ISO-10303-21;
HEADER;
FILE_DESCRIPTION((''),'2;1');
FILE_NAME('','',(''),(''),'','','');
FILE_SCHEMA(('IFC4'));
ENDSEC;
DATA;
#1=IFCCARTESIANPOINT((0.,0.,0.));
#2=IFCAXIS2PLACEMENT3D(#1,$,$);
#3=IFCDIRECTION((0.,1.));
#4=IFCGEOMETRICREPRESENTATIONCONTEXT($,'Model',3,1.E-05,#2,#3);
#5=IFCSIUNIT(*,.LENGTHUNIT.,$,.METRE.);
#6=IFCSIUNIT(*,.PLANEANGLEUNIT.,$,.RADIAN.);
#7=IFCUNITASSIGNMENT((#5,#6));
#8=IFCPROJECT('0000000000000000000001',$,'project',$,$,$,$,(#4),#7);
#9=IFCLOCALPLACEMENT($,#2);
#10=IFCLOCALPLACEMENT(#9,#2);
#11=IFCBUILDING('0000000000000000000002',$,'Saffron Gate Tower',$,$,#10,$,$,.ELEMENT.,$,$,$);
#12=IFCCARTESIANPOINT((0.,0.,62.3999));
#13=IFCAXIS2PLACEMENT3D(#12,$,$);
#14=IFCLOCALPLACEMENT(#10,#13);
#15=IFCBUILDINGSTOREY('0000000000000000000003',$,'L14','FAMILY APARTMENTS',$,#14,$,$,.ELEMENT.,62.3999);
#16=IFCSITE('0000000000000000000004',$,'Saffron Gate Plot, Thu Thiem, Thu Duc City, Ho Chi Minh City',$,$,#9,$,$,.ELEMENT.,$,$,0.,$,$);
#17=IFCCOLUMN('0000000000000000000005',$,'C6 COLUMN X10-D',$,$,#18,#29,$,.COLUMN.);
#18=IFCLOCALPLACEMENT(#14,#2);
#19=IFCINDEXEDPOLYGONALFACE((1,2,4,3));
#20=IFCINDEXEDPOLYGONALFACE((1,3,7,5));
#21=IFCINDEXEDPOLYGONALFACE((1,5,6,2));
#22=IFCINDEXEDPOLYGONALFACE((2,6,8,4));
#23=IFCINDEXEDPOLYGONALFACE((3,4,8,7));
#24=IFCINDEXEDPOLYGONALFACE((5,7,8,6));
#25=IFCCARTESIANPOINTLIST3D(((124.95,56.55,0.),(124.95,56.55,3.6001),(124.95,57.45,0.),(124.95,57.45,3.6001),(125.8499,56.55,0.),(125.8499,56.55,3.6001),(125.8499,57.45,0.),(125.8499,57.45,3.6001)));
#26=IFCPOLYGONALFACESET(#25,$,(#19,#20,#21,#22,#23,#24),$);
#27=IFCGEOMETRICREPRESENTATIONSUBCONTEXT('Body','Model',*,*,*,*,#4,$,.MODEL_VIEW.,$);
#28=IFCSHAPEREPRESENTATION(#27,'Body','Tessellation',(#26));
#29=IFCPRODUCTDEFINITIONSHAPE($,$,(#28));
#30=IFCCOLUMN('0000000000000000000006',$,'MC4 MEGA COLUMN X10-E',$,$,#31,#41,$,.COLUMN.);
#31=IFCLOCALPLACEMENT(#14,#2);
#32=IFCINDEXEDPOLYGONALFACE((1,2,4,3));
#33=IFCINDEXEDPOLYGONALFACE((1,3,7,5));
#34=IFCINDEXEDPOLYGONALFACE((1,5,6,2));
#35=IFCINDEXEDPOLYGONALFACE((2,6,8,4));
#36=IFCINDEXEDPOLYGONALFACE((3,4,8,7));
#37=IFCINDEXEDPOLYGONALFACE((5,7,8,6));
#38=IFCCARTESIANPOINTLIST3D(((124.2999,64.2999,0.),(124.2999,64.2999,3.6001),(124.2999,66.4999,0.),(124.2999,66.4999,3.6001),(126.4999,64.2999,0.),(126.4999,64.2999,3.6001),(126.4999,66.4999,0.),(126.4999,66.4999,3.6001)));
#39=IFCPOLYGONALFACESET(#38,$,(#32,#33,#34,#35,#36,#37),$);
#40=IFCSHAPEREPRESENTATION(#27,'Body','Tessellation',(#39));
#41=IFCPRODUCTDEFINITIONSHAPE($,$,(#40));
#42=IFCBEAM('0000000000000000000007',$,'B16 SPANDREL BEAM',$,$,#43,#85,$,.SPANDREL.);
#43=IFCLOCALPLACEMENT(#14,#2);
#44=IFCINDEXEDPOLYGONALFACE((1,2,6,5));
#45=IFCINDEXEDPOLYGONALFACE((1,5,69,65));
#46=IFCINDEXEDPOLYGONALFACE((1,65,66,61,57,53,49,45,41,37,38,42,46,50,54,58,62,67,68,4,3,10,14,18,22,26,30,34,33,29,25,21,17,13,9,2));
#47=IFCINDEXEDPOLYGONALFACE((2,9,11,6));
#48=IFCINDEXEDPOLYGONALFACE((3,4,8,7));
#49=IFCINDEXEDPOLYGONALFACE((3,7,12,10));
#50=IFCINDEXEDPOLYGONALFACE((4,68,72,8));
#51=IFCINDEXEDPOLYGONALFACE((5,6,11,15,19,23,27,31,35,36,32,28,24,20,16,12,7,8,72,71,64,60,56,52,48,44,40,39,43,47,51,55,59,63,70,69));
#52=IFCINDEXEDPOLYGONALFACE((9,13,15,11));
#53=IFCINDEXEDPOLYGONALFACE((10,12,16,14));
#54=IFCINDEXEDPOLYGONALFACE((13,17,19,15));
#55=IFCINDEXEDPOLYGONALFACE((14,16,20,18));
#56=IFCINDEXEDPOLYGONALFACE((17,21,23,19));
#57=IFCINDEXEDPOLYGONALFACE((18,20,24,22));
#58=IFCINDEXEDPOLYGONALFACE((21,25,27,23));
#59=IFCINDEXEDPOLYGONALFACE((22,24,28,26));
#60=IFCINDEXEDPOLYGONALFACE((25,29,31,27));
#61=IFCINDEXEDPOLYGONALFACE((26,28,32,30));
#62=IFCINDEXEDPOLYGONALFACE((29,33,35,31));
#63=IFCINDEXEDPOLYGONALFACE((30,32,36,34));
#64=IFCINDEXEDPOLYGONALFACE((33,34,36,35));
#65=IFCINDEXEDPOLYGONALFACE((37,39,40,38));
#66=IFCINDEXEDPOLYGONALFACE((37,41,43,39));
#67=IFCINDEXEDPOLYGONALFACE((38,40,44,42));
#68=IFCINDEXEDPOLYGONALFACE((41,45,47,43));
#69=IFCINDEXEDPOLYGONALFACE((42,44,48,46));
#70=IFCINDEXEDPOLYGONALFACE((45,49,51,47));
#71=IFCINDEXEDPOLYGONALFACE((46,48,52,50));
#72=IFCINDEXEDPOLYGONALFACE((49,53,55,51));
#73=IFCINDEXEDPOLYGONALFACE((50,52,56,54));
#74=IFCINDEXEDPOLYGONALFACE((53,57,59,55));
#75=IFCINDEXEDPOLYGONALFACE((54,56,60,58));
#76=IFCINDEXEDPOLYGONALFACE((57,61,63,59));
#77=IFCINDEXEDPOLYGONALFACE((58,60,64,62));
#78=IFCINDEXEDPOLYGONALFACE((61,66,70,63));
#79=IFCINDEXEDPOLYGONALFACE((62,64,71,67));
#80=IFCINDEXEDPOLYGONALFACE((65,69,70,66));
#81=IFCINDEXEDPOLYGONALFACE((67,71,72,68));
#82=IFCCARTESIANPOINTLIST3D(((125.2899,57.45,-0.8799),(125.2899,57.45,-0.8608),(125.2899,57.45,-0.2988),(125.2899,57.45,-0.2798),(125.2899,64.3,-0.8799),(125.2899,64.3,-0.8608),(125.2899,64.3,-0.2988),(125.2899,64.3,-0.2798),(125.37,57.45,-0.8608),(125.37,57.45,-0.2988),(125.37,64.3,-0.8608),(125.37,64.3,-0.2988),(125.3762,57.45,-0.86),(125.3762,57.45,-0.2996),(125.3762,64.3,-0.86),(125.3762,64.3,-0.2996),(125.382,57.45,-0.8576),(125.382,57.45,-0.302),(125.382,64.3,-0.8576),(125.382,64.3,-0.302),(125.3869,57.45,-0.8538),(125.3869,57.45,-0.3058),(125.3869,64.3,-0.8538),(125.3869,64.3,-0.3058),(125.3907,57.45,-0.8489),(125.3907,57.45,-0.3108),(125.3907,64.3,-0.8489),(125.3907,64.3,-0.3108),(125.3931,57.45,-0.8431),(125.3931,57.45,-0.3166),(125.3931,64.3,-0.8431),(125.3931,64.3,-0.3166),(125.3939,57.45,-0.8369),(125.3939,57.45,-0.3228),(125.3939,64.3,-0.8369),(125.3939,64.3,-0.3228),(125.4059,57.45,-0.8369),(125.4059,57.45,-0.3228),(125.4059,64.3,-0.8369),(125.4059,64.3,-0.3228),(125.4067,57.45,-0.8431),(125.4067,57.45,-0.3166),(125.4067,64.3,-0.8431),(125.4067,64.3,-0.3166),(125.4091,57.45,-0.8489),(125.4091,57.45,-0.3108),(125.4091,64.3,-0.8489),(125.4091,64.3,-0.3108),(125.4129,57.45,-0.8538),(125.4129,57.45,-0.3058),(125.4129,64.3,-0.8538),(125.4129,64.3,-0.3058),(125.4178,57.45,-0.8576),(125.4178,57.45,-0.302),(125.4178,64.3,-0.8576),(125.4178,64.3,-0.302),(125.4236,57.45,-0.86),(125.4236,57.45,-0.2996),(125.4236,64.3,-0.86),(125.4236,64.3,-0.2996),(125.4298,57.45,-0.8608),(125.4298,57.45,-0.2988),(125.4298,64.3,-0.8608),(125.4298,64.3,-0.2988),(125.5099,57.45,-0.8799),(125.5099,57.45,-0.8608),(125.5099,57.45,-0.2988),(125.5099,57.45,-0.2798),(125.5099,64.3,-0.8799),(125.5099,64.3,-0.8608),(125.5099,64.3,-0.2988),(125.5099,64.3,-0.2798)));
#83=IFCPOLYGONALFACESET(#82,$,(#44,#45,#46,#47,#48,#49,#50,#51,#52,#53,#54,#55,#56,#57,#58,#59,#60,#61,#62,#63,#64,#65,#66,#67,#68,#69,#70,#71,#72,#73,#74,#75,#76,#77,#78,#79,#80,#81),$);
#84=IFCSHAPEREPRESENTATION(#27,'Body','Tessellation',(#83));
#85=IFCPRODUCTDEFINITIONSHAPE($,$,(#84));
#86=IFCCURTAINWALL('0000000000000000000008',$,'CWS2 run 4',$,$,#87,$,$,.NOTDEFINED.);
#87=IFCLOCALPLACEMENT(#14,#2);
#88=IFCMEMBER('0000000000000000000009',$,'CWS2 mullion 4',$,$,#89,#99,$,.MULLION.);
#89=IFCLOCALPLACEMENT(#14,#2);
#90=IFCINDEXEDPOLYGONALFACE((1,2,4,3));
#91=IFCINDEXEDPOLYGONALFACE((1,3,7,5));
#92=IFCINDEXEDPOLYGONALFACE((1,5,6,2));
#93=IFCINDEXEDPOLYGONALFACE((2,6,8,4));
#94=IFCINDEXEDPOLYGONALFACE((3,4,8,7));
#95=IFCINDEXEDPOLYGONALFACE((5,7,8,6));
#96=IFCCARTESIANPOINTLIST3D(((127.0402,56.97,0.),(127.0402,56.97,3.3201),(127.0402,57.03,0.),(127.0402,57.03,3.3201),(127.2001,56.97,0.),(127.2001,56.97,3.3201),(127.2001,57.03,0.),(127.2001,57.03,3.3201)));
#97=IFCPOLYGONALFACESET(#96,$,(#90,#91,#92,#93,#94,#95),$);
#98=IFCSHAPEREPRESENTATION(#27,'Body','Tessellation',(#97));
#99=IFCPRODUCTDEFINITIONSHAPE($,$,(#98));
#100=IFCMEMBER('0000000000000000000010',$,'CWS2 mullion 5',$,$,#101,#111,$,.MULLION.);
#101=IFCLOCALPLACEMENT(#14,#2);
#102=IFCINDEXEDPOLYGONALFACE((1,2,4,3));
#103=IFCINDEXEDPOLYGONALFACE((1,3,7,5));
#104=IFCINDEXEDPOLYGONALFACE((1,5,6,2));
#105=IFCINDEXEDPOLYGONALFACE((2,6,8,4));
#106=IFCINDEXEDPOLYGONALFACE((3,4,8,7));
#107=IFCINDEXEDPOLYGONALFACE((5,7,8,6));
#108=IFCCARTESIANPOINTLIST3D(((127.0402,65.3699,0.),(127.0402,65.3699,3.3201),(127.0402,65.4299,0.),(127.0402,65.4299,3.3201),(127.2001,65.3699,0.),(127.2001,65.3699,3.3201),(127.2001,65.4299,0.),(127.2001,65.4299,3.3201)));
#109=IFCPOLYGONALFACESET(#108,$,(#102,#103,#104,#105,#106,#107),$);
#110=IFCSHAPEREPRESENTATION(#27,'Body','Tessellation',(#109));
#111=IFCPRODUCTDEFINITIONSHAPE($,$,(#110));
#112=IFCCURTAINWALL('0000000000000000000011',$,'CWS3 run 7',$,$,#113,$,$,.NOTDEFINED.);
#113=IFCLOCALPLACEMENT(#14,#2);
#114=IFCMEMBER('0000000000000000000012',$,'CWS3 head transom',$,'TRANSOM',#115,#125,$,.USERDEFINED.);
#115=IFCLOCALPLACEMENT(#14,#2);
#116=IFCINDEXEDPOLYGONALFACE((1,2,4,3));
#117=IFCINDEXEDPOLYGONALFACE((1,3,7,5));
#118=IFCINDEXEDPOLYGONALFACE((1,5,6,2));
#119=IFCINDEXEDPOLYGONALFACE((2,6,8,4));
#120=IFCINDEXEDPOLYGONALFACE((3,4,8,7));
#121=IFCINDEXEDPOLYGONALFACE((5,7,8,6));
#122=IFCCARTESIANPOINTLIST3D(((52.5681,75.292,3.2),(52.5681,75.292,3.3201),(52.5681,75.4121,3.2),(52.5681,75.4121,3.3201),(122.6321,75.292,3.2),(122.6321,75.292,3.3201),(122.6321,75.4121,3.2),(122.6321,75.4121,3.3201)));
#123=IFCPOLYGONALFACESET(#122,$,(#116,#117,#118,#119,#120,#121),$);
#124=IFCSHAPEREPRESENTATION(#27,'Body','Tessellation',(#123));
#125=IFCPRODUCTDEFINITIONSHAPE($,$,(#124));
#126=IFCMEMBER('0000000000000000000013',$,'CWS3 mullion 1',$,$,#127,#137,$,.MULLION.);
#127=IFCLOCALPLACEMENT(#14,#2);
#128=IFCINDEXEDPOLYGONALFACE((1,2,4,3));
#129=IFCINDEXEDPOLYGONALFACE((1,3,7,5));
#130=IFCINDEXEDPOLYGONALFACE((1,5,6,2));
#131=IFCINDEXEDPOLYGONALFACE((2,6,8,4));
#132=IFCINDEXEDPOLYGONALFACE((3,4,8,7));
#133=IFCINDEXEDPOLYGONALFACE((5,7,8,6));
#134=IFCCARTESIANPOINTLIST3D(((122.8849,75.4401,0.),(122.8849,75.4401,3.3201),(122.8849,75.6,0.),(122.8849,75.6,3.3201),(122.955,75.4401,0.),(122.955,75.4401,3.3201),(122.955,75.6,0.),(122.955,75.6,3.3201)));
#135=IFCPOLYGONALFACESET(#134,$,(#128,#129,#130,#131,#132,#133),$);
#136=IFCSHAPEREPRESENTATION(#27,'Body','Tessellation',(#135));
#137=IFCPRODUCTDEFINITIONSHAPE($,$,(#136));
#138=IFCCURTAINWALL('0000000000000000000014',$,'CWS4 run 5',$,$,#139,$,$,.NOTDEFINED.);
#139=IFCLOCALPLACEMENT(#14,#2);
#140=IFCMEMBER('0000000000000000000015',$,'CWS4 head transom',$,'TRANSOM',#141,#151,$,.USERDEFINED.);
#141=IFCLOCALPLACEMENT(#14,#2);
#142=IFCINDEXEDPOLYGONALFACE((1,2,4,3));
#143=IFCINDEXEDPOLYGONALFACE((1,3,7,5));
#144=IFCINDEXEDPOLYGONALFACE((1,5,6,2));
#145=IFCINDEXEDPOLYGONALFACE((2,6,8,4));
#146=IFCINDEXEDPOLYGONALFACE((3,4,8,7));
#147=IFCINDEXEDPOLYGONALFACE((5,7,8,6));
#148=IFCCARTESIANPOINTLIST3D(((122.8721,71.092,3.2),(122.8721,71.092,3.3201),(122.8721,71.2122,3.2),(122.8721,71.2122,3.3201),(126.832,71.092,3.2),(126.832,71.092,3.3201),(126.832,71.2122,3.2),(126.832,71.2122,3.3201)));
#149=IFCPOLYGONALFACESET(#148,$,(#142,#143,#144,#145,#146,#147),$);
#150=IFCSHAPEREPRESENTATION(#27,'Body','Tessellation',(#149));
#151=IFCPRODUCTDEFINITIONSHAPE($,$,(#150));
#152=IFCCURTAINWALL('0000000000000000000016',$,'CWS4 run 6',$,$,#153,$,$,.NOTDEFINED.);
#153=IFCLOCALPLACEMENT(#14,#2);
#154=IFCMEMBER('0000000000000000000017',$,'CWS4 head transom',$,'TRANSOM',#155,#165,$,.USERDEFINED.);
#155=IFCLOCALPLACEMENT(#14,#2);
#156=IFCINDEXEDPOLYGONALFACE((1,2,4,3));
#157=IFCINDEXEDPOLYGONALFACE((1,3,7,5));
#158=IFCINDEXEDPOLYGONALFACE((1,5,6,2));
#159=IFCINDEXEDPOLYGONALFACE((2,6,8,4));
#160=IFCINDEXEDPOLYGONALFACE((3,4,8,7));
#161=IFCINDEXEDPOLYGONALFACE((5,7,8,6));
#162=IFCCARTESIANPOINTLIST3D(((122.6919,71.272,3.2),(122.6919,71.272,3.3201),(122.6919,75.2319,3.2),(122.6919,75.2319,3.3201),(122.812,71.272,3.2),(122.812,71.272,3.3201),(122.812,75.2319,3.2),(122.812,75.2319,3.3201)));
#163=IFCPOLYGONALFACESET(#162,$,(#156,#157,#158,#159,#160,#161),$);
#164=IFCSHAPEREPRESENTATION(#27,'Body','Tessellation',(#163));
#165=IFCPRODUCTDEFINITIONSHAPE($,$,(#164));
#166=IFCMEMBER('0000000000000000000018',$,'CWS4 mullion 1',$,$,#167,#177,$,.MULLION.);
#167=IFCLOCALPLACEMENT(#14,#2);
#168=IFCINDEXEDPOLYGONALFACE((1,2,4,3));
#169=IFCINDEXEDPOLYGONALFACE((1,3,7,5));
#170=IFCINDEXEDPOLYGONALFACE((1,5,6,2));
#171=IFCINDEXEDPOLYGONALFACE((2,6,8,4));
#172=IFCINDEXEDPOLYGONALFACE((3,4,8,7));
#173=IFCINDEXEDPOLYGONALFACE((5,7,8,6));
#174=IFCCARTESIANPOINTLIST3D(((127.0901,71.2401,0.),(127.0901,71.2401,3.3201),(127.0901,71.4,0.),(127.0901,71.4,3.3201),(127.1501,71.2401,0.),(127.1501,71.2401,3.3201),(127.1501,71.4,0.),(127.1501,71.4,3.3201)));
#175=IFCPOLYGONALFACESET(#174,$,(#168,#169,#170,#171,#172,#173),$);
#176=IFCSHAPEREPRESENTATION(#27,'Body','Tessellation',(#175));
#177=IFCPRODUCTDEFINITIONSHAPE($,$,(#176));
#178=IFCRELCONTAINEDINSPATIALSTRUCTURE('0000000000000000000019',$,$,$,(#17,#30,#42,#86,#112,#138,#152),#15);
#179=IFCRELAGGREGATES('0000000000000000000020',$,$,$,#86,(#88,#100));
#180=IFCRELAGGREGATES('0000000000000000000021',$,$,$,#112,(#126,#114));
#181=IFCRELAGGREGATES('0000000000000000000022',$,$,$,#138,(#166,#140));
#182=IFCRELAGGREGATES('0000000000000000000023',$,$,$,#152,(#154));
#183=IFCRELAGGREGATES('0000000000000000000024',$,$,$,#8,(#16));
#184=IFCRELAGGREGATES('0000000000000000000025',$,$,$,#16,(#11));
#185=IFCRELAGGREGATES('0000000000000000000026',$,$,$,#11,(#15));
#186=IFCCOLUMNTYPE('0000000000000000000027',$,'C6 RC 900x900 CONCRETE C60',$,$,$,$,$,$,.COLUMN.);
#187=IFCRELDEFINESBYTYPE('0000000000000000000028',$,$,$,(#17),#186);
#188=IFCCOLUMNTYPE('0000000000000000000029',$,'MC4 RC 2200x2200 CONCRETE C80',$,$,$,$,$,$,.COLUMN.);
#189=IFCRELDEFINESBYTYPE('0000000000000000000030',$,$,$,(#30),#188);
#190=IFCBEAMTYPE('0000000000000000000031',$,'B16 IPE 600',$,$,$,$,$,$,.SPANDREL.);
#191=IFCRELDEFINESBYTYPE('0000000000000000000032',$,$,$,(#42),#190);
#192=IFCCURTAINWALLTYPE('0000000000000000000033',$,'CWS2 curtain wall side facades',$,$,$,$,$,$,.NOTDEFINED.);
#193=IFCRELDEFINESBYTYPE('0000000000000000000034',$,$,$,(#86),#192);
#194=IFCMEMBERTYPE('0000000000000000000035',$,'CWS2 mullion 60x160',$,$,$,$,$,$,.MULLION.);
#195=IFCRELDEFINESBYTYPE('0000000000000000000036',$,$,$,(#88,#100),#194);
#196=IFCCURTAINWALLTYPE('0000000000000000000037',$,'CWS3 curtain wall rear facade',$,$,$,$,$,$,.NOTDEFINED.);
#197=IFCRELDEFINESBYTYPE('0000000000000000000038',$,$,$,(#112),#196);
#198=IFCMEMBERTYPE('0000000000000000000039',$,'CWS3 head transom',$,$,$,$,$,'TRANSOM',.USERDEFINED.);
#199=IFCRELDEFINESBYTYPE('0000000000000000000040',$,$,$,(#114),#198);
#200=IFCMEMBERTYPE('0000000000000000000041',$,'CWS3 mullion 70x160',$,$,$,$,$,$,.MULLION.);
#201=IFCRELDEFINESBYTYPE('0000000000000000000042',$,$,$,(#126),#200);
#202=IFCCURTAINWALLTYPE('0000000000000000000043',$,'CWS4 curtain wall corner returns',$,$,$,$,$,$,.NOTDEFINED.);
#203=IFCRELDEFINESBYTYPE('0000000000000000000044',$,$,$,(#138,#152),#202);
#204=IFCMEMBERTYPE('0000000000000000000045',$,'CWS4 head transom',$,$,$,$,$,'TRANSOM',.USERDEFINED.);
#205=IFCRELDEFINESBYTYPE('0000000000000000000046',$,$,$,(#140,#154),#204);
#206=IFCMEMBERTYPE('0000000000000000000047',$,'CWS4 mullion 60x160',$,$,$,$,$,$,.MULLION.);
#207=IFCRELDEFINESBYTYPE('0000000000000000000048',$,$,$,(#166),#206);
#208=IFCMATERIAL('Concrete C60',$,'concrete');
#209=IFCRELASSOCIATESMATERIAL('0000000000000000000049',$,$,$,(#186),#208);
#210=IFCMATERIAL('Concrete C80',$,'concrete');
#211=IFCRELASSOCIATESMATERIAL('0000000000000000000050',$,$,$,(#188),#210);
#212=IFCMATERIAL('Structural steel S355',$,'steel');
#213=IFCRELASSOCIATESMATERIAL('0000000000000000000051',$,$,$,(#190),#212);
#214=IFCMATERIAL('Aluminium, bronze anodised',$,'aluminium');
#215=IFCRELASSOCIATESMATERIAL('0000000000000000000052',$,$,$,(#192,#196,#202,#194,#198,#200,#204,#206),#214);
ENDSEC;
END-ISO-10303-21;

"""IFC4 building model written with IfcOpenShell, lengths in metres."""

from ifc_helpers import new_model, si_unit, direction, frame, origin, origin_2d, place, context, subcontext, project, spatial, rectangle, i_section, extrude, material, material_profile, profile_set, type_object, element, aggregate, save


model = new_model("IFC4")

# Units and contexts
model_context = context("Model", 3, precision=1e-05, world=origin(), true_north=direction((0.0, 1.0)))
body_context = subcontext(model_context, "Body", "Model", "MODEL_VIEW")
ifc_project = project(units=[si_unit("LENGTHUNIT", "METRE"), si_unit("PLANEANGLEUNIT", "RADIAN")], contexts=[model_context])

# Site, building, storey
site_placement = place(None, origin())
site = spatial("IfcSite", under=ifc_project, at=site_placement, Name="Saffron Gate Plot, Thu Thiem, Thu Duc City, Ho Chi Minh City", CompositionType="ELEMENT", RefElevation=0.0)
building_placement = place(site_placement, origin())
building = spatial("IfcBuilding", under=site, at=building_placement, Name="Saffron Gate Tower", CompositionType="ELEMENT")
storey_placement = place(building_placement, frame((0.0, 0.0, 62.3999)))
storey = spatial("IfcBuildingStorey", under=building, at=storey_placement, Name="L14", Description="FAMILY APARTMENTS", CompositionType="ELEMENT", Elevation=62.3999)

# Columns
ifc_material_1 = material(Name="Concrete C60", Category="concrete")
ifc_material_profile_1 = material_profile(ifc_material_1, rectangle(XDim=0.8999, YDim=0.8999, at=origin_2d()))
ifc_profile_set_1 = profile_set([ifc_material_profile_1], Name="Concrete C60")
column_type_1 = type_object("IfcColumnType", Name="C6 RC 900x900 CONCRETE C60", PredefinedType="COLUMN", material=ifc_profile_set_1)
column_1_placement = place(storey_placement, frame((125.3999, 57.0, 0.0), z_axis=(0.0, 0.0, 1.0), x_axis=(1.0, 0.0, 0.0)))
element("IfcColumn", 1, at=column_1_placement, inside=storey, type_object=column_type_1, Name="C6 COLUMN X10-D", PredefinedType="COLUMN", context=body_context, shape_type="SweptSolid", body=[
    extrude(rectangle(XDim=0.8999, YDim=0.8999, at=origin_2d()), origin(), (0.0, 0.0, 1.0), 3.6001),
])
ifc_material_2 = material(Name="Concrete C80", Category="concrete")
ifc_material_profile_2 = material_profile(ifc_material_2, rectangle(XDim=2.2, YDim=2.2, at=origin_2d()))
ifc_profile_set_2 = profile_set([ifc_material_profile_2], Name="Concrete C80")
column_type_2 = type_object("IfcColumnType", Name="MC4 RC 2200x2200 CONCRETE C80", PredefinedType="COLUMN", material=ifc_profile_set_2)
column_2_placement = place(storey_placement, frame((125.3999, 65.3999, 0.0), z_axis=(0.0, 0.0, 1.0), x_axis=(1.0, 0.0, 0.0)))
element("IfcColumn", 2, at=column_2_placement, inside=storey, type_object=column_type_2, Name="MC4 MEGA COLUMN X10-E", PredefinedType="COLUMN", context=body_context, shape_type="SweptSolid", body=[
    extrude(rectangle(XDim=2.2, YDim=2.2, at=origin_2d()), origin(), (0.0, 0.0, 1.0), 3.6001),
])

# Beam
ifc_material_3 = material(Name="Structural steel S355", Category="steel")
ifc_material_profile_3 = material_profile(ifc_material_3, i_section(OverallWidth=0.22, OverallDepth=0.6001, WebThickness=0.012, FlangeThickness=0.019, FilletRadius=0.0239, at=origin_2d()))
ifc_profile_set_3 = profile_set([ifc_material_profile_3], Name="Structural steel S355")
beam_type = type_object("IfcBeamType", Name="B16 IPE 600", PredefinedType="SPANDREL", material=ifc_profile_set_3)
beam_placement = place(storey_placement, frame((125.3999, 57.45, -0.5798), z_axis=(0.0, 1.0, 0.0), x_axis=(-1.0, 0.0, 0.0)))
element("IfcBeam", 3, at=beam_placement, inside=storey, type_object=beam_type, Name="B16 SPANDREL BEAM", PredefinedType="SPANDREL", context=body_context, shape_type="SweptSolid", body=[
    extrude(i_section(OverallWidth=0.22, OverallDepth=0.6001, WebThickness=0.012, FlangeThickness=0.019, FilletRadius=0.0239, at=origin_2d()), origin(), (0.0, 0.0, 1.0), 6.8501),
])

# Curtain walls, members
ifc_material_4 = material(Name="Aluminium, bronze anodised", Category="aluminium")
curtain_wall_type_1 = type_object("IfcCurtainWallType", Name="CWS2 curtain wall side facades", PredefinedType="NOTDEFINED", material=ifc_material_4)
curtain_wall_1_placement = place(storey_placement, origin())
curtain_wall_1 = element("IfcCurtainWall", 4, at=curtain_wall_1_placement, inside=storey, type_object=curtain_wall_type_1, Name="CWS2 run 4", PredefinedType="NOTDEFINED")
ifc_material_profile_4 = material_profile(ifc_material_4, rectangle(XDim=0.1599, YDim=0.0601, at=origin_2d()))
ifc_profile_set_4 = profile_set([ifc_material_profile_4], Name="Aluminium, bronze anodised")
member_type_1 = type_object("IfcMemberType", Name="CWS2 mullion 60x160", PredefinedType="MULLION", material=ifc_profile_set_4)
member_1_placement = place(storey_placement, frame((127.1201, 57.0, 0.0), z_axis=(0.0, 0.0, 1.0), x_axis=(-1.0, 0.0, 0.0)))
member_1 = element("IfcMember", 5, at=member_1_placement, type_object=member_type_1, Name="CWS2 mullion 4", PredefinedType="MULLION", context=body_context, shape_type="SweptSolid", body=[
    extrude(rectangle(XDim=0.1599, YDim=0.0601, at=origin_2d()), origin(), (0.0, 0.0, 1.0), 3.3201),
])
member_2_placement = place(storey_placement, frame((127.1201, 65.3999, 0.0), z_axis=(0.0, 0.0, 1.0), x_axis=(-1.0, 0.0, 0.0)))
member_2 = element("IfcMember", 6, at=member_2_placement, type_object=member_type_1, Name="CWS2 mullion 5", PredefinedType="MULLION", context=body_context, shape_type="SweptSolid", body=[
    extrude(rectangle(XDim=0.1599, YDim=0.0601, at=origin_2d()), origin(), (0.0, 0.0, 1.0), 3.3201),
])
aggregate(curtain_wall_1, [member_1, member_2])
curtain_wall_type_2 = type_object("IfcCurtainWallType", Name="CWS3 curtain wall rear facade", PredefinedType="NOTDEFINED", material=ifc_material_4)
curtain_wall_2_placement = place(storey_placement, origin())
curtain_wall_2 = element("IfcCurtainWall", 7, at=curtain_wall_2_placement, inside=storey, type_object=curtain_wall_type_2, Name="CWS3 run 7", PredefinedType="NOTDEFINED")
ifc_material_profile_5 = material_profile(ifc_material_4, rectangle(XDim=0.1201, YDim=0.1201, at=origin_2d()))
ifc_profile_set_5 = profile_set([ifc_material_profile_5], Name="Aluminium, bronze anodised")
member_type_2 = type_object("IfcMemberType", Name="CWS3 head transom", ElementType="TRANSOM", PredefinedType="USERDEFINED", material=ifc_profile_set_5)
member_3_placement = place(storey_placement, frame((122.6321, 75.3521, 3.26), z_axis=(-1.0, 0.0, 0.0), x_axis=(0.0, -1.0, 0.0)))
member_3 = element("IfcMember", 8, at=member_3_placement, type_object=member_type_2, Name="CWS3 head transom", ObjectType="TRANSOM", PredefinedType="USERDEFINED", context=body_context, shape_type="SweptSolid", body=[
    extrude(rectangle(XDim=0.1201, YDim=0.1201, at=origin_2d()), origin(), (0.0, 0.0, 1.0), 70.064),
])
ifc_material_profile_6 = material_profile(ifc_material_4, rectangle(XDim=0.1599, YDim=0.0701, at=origin_2d()))
ifc_profile_set_6 = profile_set([ifc_material_profile_6], Name="Aluminium, bronze anodised")
member_type_3 = type_object("IfcMemberType", Name="CWS3 mullion 70x160", PredefinedType="MULLION", material=ifc_profile_set_6)
member_4_placement = place(storey_placement, frame((122.9199, 75.52, 0.0), z_axis=(0.0, 0.0, 1.0), x_axis=(0.0, -1.0, 0.0)))
member_4 = element("IfcMember", 9, at=member_4_placement, type_object=member_type_3, Name="CWS3 mullion 1", PredefinedType="MULLION", context=body_context, shape_type="SweptSolid", body=[
    extrude(rectangle(XDim=0.1599, YDim=0.0701, at=origin_2d()), origin(), (0.0, 0.0, 1.0), 3.3201),
])

# Curtain walls, members
curtain_wall_type_3 = type_object("IfcCurtainWallType", Name="CWS4 curtain wall corner returns", PredefinedType="NOTDEFINED", material=ifc_material_4)
curtain_wall_3_placement = place(storey_placement, origin())
curtain_wall_3 = element("IfcCurtainWall", 10, at=curtain_wall_3_placement, inside=storey, type_object=curtain_wall_type_3, Name="CWS4 run 5", PredefinedType="NOTDEFINED")
ifc_material_profile_7 = material_profile(ifc_material_4, rectangle(XDim=0.1201, YDim=0.1201, at=origin_2d()))
ifc_profile_set_7 = profile_set([ifc_material_profile_7], Name="Aluminium, bronze anodised")
member_type_4 = type_object("IfcMemberType", Name="CWS4 head transom", ElementType="TRANSOM", PredefinedType="USERDEFINED", material=ifc_profile_set_7)
member_5_placement = place(storey_placement, frame((126.832, 71.1521, 3.26), z_axis=(-1.0, 0.0, 0.0), x_axis=(0.0, -1.0, 0.0)))
member_5 = element("IfcMember", 11, at=member_5_placement, type_object=member_type_4, Name="CWS4 head transom", ObjectType="TRANSOM", PredefinedType="USERDEFINED", context=body_context, shape_type="SweptSolid", body=[
    extrude(rectangle(XDim=0.1201, YDim=0.1201, at=origin_2d()), origin(), (0.0, 0.0, 1.0), 3.96),
])
curtain_wall_4_placement = place(storey_placement, origin())
curtain_wall_4 = element("IfcCurtainWall", 12, at=curtain_wall_4_placement, inside=storey, type_object=curtain_wall_type_3, Name="CWS4 run 6", PredefinedType="NOTDEFINED")
member_6_placement = place(storey_placement, frame((122.752, 71.272, 3.26), z_axis=(0.0, 1.0, 0.0), x_axis=(-1.0, 0.0, 0.0)))
member_6 = element("IfcMember", 13, at=member_6_placement, type_object=member_type_4, Name="CWS4 head transom", ObjectType="TRANSOM", PredefinedType="USERDEFINED", context=body_context, shape_type="SweptSolid", body=[
    extrude(rectangle(XDim=0.1201, YDim=0.1201, at=origin_2d()), origin(), (0.0, 0.0, 1.0), 3.96),
])

# Member
ifc_material_profile_8 = material_profile(ifc_material_4, rectangle(XDim=0.1599, YDim=0.0601, at=origin_2d()))
ifc_profile_set_8 = profile_set([ifc_material_profile_8], Name="Aluminium, bronze anodised")
member_type_5 = type_object("IfcMemberType", Name="CWS4 mullion 60x160", PredefinedType="MULLION", material=ifc_profile_set_8)
member_7_placement = place(storey_placement, frame((127.1201, 71.3201, 0.0), z_axis=(0.0, 0.0, 1.0), x_axis=(0.0, -1.0, 0.0)))
member_7 = element("IfcMember", 14, at=member_7_placement, type_object=member_type_5, Name="CWS4 mullion 1", PredefinedType="MULLION", context=body_context, shape_type="SweptSolid", body=[
    extrude(rectangle(XDim=0.1599, YDim=0.0601, at=origin_2d()), origin(), (0.0, 0.0, 1.0), 3.3201),
])

aggregate(curtain_wall_2, [member_4, member_3])

aggregate(curtain_wall_3, [member_7, member_5])
aggregate(curtain_wall_4, [member_6])

save(model, "model.ifc")
